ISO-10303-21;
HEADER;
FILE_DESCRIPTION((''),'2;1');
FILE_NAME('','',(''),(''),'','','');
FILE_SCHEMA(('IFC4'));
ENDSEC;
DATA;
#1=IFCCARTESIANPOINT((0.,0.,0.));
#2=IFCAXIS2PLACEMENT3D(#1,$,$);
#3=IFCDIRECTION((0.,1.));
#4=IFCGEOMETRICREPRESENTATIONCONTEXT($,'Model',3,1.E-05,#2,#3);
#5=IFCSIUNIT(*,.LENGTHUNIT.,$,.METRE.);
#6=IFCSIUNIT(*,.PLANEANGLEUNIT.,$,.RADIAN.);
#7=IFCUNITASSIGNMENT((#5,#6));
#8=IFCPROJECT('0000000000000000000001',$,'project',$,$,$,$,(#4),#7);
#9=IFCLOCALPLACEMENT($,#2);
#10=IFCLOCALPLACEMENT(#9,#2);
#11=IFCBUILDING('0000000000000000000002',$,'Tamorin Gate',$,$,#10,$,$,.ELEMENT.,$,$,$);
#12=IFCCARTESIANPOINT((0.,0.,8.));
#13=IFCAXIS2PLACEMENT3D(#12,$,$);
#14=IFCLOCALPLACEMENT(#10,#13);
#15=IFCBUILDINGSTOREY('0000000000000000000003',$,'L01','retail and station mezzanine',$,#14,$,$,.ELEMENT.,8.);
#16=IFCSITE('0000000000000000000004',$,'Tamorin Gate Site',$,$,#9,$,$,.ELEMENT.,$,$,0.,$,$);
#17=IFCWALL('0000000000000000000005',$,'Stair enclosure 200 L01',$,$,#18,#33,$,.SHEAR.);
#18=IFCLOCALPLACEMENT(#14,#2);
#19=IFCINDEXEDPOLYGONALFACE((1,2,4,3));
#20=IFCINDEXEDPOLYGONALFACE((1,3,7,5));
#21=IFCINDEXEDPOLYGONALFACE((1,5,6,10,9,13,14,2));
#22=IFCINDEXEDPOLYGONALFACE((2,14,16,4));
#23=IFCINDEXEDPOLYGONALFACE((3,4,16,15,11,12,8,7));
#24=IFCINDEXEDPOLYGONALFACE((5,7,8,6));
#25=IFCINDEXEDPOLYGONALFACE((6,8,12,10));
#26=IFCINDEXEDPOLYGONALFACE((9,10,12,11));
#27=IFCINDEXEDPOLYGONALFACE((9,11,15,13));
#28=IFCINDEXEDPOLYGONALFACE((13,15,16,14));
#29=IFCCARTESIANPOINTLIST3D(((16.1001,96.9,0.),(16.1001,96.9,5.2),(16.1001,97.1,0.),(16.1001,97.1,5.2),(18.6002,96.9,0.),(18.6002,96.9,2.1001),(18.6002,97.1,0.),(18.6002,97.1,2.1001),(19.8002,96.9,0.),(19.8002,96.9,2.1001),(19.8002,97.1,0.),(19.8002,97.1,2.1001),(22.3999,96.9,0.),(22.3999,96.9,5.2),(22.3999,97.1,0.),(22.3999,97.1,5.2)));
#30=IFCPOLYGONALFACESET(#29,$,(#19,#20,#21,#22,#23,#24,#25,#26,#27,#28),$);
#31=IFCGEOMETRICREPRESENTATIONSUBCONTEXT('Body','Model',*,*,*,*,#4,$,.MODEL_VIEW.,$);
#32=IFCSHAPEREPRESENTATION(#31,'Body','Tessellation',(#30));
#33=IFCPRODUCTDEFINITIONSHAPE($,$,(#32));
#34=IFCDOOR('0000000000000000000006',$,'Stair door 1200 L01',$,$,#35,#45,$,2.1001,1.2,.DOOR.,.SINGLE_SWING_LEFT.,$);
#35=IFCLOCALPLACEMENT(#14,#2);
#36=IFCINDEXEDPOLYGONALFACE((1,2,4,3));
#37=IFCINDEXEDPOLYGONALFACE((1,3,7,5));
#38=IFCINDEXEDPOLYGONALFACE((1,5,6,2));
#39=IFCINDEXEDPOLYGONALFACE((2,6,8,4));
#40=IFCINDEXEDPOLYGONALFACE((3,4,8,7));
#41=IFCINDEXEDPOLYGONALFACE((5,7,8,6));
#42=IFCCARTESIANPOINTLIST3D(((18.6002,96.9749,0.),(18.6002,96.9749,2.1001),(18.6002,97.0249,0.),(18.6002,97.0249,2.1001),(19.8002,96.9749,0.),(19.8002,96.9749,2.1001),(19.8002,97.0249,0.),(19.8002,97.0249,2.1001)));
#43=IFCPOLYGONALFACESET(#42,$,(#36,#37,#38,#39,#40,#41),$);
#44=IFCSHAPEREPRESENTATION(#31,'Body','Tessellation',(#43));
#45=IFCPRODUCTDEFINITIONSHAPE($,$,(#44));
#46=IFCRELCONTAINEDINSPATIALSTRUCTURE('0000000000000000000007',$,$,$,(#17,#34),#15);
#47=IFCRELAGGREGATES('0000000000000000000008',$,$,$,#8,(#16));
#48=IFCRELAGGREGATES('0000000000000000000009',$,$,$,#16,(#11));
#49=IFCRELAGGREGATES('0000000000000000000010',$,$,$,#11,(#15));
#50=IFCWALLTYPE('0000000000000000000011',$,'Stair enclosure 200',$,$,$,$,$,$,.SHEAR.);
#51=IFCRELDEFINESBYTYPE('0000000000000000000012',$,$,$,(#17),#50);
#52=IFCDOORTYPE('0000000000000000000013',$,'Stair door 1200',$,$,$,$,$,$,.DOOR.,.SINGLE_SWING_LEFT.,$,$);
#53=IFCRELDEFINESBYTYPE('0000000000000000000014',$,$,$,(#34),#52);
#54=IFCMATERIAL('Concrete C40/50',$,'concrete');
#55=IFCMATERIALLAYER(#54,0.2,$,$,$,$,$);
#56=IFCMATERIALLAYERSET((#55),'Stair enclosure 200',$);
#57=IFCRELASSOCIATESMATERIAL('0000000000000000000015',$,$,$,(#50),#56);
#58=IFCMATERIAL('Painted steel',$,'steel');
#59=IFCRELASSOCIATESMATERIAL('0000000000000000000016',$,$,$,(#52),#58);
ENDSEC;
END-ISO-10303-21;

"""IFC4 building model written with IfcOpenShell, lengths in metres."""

from ifc_helpers import new_model, si_unit, direction, frame, frame_2d, origin, place, context, subcontext, project, spatial, rectangle, extrude, material, layer, layer_set, type_object, element, fill, save


model = new_model("IFC4")

# Units and contexts
model_context = context("Model", 3, precision=1e-05, world=origin(), true_north=direction((0.0, 1.0)))
body_context = subcontext(model_context, "Body", "Model", "MODEL_VIEW")
ifc_project = project(units=[si_unit("LENGTHUNIT", "METRE"), si_unit("PLANEANGLEUNIT", "RADIAN")], contexts=[model_context])

# Site, building, storey
site_placement = place(None, origin())
site = spatial("IfcSite", under=ifc_project, at=site_placement, Name="Tamorin Gate Site", CompositionType="ELEMENT", RefElevation=0.0)
building_placement = place(site_placement, origin())
building = spatial("IfcBuilding", under=site, at=building_placement, Name="Tamorin Gate", CompositionType="ELEMENT")
storey_placement = place(building_placement, frame((0.0, 0.0, 8.0)))
storey = spatial("IfcBuildingStorey", under=building, at=storey_placement, Name="L01", Description="retail and station mezzanine", CompositionType="ELEMENT", Elevation=8.0)

# Wall, opening, door
ifc_material_1 = material(Name="Concrete C40/50", Category="concrete")
ifc_layer_1 = layer(ifc_material_1, 0.2)
ifc_layer_set_1 = layer_set([ifc_layer_1], Name="Stair enclosure 200")
wall_type_1 = type_object("IfcWallType", Name="Stair enclosure 200", PredefinedType="SHEAR", material=ifc_layer_set_1)
wall_1_placement = place(storey_placement, frame((16.1001, 97.0, 0.0), z_axis=(0.0, 0.0, 1.0), x_axis=(1.0, 0.0, 0.0)))
wall_1 = element("IfcWall", 1, at=wall_1_placement, inside=storey, type_object=wall_type_1, Name="Stair enclosure 200 L01", PredefinedType="SHEAR", context=body_context, shape_type="SweptSolid", body=[
    extrude(rectangle(XDim=6.2998, YDim=0.2, at=frame_2d((3.1499, 0.0))), origin(), (0.0, 0.0, 1.0), 5.2),
])
opening_1_placement = place(wall_1_placement, frame((2.5, 0.0, 0.0)))
opening_1 = element("IfcOpeningElement", 2, at=opening_1_placement, cuts=wall_1, PredefinedType="OPENING", context=body_context, shape_type="SweptSolid", body=[
    extrude(rectangle(XDim=1.2, YDim=2.1001, at=frame_2d((0.6001, 1.05))), frame((0.0, 0.1099, 0.0), z_axis=(0.0, -1.0, 0.0), x_axis=(1.0, 0.0, 0.0)), (0.0, 0.0, 1.0), 0.22),
])
ifc_material_2 = material(Name="Painted steel", Category="steel")
door_type = type_object("IfcDoorType", Name="Stair door 1200", OperationType="SINGLE_SWING_LEFT", PredefinedType="DOOR", material=ifc_material_2)
door_placement = place(opening_1_placement, origin())
door = element("IfcDoor", 3, at=door_placement, inside=storey, type_object=door_type, Name="Stair door 1200 L01", OperationType="SINGLE_SWING_LEFT", OverallHeight=2.1001, OverallWidth=1.2, PredefinedType="DOOR", context=body_context, shape_type="SweptSolid", body=[
    extrude(rectangle(XDim=1.2, YDim=2.1001, at=frame_2d((0.6001, 1.05))), frame((0.0, 0.0249, 0.0), z_axis=(0.0, -1.0, 0.0), x_axis=(1.0, 0.0, 0.0)), (0.0, 0.0, 1.0), 0.05),
])
fill(opening_1, door)

save(model, "model.ifc")
